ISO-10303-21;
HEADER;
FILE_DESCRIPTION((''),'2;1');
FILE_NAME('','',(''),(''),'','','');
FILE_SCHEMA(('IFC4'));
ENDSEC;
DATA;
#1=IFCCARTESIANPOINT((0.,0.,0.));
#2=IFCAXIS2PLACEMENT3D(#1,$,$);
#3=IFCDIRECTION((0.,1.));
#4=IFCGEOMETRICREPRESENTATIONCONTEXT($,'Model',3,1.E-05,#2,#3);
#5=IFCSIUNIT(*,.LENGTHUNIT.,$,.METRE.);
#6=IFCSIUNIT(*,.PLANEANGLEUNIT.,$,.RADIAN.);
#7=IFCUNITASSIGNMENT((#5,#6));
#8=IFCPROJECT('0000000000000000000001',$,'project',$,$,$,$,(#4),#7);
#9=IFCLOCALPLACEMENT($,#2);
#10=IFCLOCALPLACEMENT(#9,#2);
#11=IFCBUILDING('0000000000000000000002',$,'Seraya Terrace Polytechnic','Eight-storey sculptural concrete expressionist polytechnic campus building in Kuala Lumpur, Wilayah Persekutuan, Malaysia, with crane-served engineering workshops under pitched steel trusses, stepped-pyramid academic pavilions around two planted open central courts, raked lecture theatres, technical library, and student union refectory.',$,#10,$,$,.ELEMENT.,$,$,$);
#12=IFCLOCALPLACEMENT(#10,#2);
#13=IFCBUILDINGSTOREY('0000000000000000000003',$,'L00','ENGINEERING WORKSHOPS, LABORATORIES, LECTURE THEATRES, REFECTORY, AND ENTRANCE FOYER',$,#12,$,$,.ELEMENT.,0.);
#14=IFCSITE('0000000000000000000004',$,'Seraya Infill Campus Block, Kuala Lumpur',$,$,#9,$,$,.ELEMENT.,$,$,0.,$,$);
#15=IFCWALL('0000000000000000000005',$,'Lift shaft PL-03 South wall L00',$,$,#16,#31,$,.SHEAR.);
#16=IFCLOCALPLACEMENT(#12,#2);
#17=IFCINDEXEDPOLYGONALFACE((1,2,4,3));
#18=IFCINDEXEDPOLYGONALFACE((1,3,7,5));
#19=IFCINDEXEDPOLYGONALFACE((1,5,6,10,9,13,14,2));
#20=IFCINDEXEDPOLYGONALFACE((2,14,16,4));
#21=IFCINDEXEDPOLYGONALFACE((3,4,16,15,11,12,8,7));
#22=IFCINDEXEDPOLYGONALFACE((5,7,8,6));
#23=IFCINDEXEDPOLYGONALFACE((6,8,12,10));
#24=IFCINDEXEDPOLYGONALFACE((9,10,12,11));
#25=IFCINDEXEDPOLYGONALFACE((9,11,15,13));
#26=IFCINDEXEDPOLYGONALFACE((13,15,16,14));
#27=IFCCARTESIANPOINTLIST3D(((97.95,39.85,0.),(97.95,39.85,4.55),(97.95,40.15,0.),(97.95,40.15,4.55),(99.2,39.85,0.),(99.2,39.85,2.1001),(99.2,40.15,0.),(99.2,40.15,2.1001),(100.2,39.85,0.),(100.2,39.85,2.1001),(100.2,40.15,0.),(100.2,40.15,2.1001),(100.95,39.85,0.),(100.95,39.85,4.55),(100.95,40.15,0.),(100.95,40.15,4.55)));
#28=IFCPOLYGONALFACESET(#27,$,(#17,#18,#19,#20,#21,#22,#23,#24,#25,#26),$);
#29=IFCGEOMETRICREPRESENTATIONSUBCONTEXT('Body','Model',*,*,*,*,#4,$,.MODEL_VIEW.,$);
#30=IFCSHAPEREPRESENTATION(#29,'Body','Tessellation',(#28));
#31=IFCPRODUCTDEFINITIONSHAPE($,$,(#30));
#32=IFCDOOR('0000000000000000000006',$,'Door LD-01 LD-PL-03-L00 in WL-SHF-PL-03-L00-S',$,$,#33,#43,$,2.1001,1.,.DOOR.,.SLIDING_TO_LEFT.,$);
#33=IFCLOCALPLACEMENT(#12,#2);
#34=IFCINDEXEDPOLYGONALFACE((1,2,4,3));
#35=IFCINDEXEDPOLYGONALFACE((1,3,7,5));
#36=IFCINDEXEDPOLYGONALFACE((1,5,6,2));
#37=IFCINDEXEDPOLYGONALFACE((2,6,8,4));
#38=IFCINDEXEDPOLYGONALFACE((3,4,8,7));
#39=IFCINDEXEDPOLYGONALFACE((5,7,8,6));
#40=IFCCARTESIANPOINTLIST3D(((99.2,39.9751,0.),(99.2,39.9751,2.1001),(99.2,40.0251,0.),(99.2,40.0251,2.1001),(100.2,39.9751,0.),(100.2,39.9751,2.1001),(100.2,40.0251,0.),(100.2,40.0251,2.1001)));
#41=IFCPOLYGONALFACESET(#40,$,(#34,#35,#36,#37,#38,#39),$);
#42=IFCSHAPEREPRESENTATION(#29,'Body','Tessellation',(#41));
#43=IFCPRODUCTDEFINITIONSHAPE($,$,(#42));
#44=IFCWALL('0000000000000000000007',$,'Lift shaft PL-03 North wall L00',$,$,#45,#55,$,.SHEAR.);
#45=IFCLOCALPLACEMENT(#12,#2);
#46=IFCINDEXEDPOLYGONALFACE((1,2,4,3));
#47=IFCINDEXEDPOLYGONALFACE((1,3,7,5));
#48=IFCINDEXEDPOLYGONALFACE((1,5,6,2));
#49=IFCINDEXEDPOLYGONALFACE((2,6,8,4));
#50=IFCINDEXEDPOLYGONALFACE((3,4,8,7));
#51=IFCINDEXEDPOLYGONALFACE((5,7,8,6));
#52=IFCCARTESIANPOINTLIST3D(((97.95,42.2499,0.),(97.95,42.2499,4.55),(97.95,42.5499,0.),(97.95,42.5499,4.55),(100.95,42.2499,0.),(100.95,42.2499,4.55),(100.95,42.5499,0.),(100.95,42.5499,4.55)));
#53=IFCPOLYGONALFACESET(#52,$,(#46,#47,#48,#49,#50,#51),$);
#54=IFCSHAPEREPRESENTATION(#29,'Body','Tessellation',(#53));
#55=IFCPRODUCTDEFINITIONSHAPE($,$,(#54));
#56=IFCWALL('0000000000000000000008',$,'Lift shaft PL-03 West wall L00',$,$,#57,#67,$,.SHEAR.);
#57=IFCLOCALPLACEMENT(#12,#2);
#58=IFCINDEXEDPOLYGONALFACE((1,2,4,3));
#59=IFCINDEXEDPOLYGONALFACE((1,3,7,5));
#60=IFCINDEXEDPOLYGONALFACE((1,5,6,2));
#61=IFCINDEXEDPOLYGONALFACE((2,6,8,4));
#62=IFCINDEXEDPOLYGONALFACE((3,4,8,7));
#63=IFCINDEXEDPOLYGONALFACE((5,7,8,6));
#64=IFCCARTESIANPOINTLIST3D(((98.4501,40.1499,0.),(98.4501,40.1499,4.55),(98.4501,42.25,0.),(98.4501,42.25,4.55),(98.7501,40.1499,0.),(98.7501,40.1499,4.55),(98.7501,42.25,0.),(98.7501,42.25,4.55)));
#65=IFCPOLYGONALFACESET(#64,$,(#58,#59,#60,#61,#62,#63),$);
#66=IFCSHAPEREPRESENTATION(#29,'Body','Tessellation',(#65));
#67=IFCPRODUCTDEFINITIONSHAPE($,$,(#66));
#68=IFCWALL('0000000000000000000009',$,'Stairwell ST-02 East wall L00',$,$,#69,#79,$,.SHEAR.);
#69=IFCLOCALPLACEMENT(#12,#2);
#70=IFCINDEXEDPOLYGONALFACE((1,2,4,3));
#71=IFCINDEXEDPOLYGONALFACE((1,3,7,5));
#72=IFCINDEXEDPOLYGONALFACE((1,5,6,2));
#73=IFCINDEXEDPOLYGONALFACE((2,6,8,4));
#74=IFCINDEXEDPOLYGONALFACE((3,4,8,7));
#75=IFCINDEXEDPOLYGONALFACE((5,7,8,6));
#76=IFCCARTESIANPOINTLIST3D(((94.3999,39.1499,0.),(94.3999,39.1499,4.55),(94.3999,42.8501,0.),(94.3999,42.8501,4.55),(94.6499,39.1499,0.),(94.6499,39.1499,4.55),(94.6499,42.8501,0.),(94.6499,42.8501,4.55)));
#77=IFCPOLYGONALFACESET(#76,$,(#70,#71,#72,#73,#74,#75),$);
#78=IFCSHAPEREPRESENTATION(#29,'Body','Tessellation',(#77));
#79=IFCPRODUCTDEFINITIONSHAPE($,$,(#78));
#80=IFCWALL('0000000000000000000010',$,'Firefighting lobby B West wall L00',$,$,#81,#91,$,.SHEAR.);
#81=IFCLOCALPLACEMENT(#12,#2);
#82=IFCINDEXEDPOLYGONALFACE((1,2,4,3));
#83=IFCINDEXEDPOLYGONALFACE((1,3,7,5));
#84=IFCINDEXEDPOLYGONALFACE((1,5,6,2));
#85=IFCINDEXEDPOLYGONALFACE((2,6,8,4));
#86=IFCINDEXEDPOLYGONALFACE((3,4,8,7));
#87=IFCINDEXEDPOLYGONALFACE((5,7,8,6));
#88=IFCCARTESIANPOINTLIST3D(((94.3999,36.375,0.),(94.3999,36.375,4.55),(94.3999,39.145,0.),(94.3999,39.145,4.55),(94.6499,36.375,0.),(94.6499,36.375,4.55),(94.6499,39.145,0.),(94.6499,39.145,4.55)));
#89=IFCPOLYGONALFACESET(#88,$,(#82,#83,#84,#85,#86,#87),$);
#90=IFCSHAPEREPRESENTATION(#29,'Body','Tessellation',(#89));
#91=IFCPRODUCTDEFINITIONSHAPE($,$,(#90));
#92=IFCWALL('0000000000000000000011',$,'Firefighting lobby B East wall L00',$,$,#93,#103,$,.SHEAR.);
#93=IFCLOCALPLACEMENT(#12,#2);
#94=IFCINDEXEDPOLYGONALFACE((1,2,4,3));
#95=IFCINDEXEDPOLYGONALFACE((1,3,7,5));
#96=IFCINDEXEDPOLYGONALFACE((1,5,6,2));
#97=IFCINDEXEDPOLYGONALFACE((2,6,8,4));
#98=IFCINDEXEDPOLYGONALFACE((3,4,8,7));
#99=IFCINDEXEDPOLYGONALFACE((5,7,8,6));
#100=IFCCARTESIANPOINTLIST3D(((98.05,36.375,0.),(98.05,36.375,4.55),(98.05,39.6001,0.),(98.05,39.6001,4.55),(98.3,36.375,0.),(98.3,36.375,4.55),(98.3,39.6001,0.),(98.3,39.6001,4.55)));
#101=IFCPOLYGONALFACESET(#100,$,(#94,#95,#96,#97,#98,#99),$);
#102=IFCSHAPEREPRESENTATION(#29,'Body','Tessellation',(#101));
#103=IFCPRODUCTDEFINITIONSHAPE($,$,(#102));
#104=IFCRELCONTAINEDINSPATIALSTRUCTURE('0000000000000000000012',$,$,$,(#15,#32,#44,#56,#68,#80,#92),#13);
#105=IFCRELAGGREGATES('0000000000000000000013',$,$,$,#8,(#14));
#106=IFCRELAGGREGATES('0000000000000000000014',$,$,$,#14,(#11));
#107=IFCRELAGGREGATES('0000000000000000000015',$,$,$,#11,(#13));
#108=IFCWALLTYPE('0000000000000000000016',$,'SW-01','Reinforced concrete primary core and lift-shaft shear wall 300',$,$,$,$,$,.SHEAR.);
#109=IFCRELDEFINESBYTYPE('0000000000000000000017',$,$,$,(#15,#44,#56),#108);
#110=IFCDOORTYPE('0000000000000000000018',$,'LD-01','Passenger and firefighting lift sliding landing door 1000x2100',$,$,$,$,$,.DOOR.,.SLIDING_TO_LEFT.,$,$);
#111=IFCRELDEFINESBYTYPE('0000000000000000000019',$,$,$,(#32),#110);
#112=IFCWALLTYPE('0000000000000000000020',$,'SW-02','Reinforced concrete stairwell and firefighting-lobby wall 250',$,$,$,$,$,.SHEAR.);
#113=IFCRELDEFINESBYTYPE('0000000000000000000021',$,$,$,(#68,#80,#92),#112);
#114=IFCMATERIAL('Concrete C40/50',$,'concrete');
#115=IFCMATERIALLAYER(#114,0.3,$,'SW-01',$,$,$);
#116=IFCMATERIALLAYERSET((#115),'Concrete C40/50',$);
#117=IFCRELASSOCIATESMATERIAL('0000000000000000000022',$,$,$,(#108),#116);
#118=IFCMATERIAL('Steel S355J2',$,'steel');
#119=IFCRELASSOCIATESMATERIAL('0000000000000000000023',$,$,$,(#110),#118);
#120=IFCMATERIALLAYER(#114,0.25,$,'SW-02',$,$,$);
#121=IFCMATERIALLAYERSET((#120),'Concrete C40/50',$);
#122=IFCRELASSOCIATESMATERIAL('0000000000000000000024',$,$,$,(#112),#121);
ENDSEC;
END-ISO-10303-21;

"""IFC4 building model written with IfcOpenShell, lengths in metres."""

from ifc_helpers import new_model, si_unit, direction, frame, frame_2d, origin, place, context, subcontext, project, spatial, rectangle, extrude, material, layer, layer_set, type_object, element, fill, save


model = new_model("IFC4")

# Units and contexts
model_context = context("Model", 3, precision=1e-05, world=origin(), true_north=direction((0.0, 1.0)))
body_context = subcontext(model_context, "Body", "Model", "MODEL_VIEW")
ifc_project = project(units=[si_unit("LENGTHUNIT", "METRE"), si_unit("PLANEANGLEUNIT", "RADIAN")], contexts=[model_context])

# Site, building, storey
site_placement = place(None, origin())
site = spatial("IfcSite", under=ifc_project, at=site_placement, Name="Seraya Infill Campus Block, Kuala Lumpur", CompositionType="ELEMENT", RefElevation=0.0)
building_placement = place(site_placement, origin())
building = spatial("IfcBuilding", under=site, at=building_placement, Name="Seraya Terrace Polytechnic", Description="Eight-storey sculptural concrete expressionist polytechnic campus building in Kuala Lumpur, Wilayah Persekutuan, Malaysia, with crane-served engineering workshops under pitched steel trusses, stepped-pyramid academic pavilions around two planted open central courts, raked lecture theatres, technical library, and student union refectory.", CompositionType="ELEMENT")
storey_placement = place(building_placement, origin())
storey = spatial("IfcBuildingStorey", under=building, at=storey_placement, Name="L00", Description="ENGINEERING WORKSHOPS, LABORATORIES, LECTURE THEATRES, REFECTORY, AND ENTRANCE FOYER", CompositionType="ELEMENT", Elevation=0.0)

# Shared definitions
ifc_material_1 = material(Name="Concrete C40/50", Category="concrete")

# Shared definitions
ifc_layer_1 = layer(ifc_material_1, 0.3, Name="SW-01")
ifc_layer_set_1 = layer_set([ifc_layer_1], Name="Concrete C40/50")
wall_type_1 = type_object("IfcWallType", Name="SW-01", Description="Reinforced concrete primary core and lift-shaft shear wall 300", PredefinedType="SHEAR", material=ifc_layer_set_1)
ifc_material_2 = material(Name="Steel S355J2", Category="steel")
door_type = type_object("IfcDoorType", Name="LD-01", Description="Passenger and firefighting lift sliding landing door 1000x2100", OperationType="SLIDING_TO_LEFT", PredefinedType="DOOR", material=ifc_material_2)

# Wall, opening, door
wall_1_placement = place(storey_placement, frame((97.95, 40.0, 0.0), z_axis=(0.0, 0.0, 1.0), x_axis=(1.0, 0.0, 0.0)))
wall_1 = element("IfcWall", 1, at=wall_1_placement, inside=storey, type_object=wall_type_1, Name="Lift shaft PL-03 South wall L00", PredefinedType="SHEAR", context=body_context, shape_type="SweptSolid", body=[
    extrude(rectangle(XDim=3.0, YDim=0.3, at=frame_2d((1.5, 0.0))), origin(), (0.0, 0.0, 1.0), 4.55),
])
opening_1_placement = place(wall_1_placement, frame((1.25, 0.0, 0.0)))
opening_1 = element("IfcOpeningElement", 2, at=opening_1_placement, cuts=wall_1, PredefinedType="OPENING", context=body_context, shape_type="SweptSolid", body=[
    extrude(rectangle(XDim=1.0, YDim=2.1001, at=frame_2d((0.5, 1.05))), frame((0.0, 0.1621, 0.0), z_axis=(0.0, -1.0, 0.0), x_axis=(1.0, 0.0, 0.0)), (0.0, 0.0, 1.0), 0.324),
])
door_1_placement = place(opening_1_placement, frame((1.0, 0.0, 0.0), z_axis=(0.0, 0.0, 1.0), x_axis=(-1.0, 0.0, 0.0)))
door_1 = element("IfcDoor", 3, at=door_1_placement, inside=storey, type_object=door_type, Name="Door LD-01 LD-PL-03-L00 in WL-SHF-PL-03-L00-S", OperationType="SLIDING_TO_LEFT", OverallHeight=2.1001, OverallWidth=1.0, PredefinedType="DOOR", context=body_context, shape_type="SweptSolid", body=[
    extrude(rectangle(XDim=1.0, YDim=2.1001, at=frame_2d((0.5, 1.05))), frame((0.0, 0.0249, 0.0), z_axis=(0.0, -1.0, 0.0), x_axis=(1.0, 0.0, 0.0)), (0.0, 0.0, 1.0), 0.05),
])
fill(opening_1, door_1)

# Walls
wall_2_placement = place(storey_placement, frame((97.95, 42.3999, 0.0), z_axis=(0.0, 0.0, 1.0), x_axis=(1.0, 0.0, 0.0)))
element("IfcWall", 4, at=wall_2_placement, inside=storey, type_object=wall_type_1, Name="Lift shaft PL-03 North wall L00", PredefinedType="SHEAR", context=body_context, shape_type="SweptSolid", body=[
    extrude(rectangle(XDim=3.0, YDim=0.3, at=frame_2d((1.5, 0.0))), origin(), (0.0, 0.0, 1.0), 4.55),
])
wall_3_placement = place(storey_placement, frame((98.6001, 40.1499, 0.0), z_axis=(0.0, 0.0, 1.0), x_axis=(0.0, 1.0, 0.0)))
element("IfcWall", 5, at=wall_3_placement, inside=storey, type_object=wall_type_1, Name="Lift shaft PL-03 West wall L00", PredefinedType="SHEAR", context=body_context, shape_type="SweptSolid", body=[
    extrude(rectangle(XDim=2.1001, YDim=0.3, at=frame_2d((1.05, 0.0))), origin(), (0.0, 0.0, 1.0), 4.55),
])
ifc_layer_2 = layer(ifc_material_1, 0.25, Name="SW-02")
ifc_layer_set_2 = layer_set([ifc_layer_2], Name="Concrete C40/50")
wall_type_2 = type_object("IfcWallType", Name="SW-02", Description="Reinforced concrete stairwell and firefighting-lobby wall 250", PredefinedType="SHEAR", material=ifc_layer_set_2)
wall_4_placement = place(storey_placement, frame((94.5249, 39.1499, 0.0), z_axis=(0.0, 0.0, 1.0), x_axis=(0.0, 1.0, 0.0)))
element("IfcWall", 6, at=wall_4_placement, inside=storey, type_object=wall_type_2, Name="Stairwell ST-02 East wall L00", PredefinedType="SHEAR", context=body_context, shape_type="SweptSolid", body=[
    extrude(rectangle(XDim=3.7002, YDim=0.25, at=frame_2d((1.8501, 0.0))), origin(), (0.0, 0.0, 1.0), 4.55),
])
wall_5_placement = place(storey_placement, frame((94.5249, 36.375, 0.0), z_axis=(0.0, 0.0, 1.0), x_axis=(0.0, 1.0, 0.0)))
element("IfcWall", 7, at=wall_5_placement, inside=storey, type_object=wall_type_2, Name="Firefighting lobby B West wall L00", PredefinedType="SHEAR", context=body_context, shape_type="SweptSolid", body=[
    extrude(rectangle(XDim=2.77, YDim=0.25, at=frame_2d((1.385, 0.0))), origin(), (0.0, 0.0, 1.0), 4.55),
])
wall_6_placement = place(storey_placement, frame((98.175, 36.375, 0.0), z_axis=(0.0, 0.0, 1.0), x_axis=(0.0, 1.0, 0.0)))
element("IfcWall", 8, at=wall_6_placement, inside=storey, type_object=wall_type_2, Name="Firefighting lobby B East wall L00", PredefinedType="SHEAR", context=body_context, shape_type="SweptSolid", body=[
    extrude(rectangle(XDim=3.2251, YDim=0.25, at=frame_2d((1.6125, 0.0))), origin(), (0.0, 0.0, 1.0), 4.55),
])

save(model, "model.ifc")
